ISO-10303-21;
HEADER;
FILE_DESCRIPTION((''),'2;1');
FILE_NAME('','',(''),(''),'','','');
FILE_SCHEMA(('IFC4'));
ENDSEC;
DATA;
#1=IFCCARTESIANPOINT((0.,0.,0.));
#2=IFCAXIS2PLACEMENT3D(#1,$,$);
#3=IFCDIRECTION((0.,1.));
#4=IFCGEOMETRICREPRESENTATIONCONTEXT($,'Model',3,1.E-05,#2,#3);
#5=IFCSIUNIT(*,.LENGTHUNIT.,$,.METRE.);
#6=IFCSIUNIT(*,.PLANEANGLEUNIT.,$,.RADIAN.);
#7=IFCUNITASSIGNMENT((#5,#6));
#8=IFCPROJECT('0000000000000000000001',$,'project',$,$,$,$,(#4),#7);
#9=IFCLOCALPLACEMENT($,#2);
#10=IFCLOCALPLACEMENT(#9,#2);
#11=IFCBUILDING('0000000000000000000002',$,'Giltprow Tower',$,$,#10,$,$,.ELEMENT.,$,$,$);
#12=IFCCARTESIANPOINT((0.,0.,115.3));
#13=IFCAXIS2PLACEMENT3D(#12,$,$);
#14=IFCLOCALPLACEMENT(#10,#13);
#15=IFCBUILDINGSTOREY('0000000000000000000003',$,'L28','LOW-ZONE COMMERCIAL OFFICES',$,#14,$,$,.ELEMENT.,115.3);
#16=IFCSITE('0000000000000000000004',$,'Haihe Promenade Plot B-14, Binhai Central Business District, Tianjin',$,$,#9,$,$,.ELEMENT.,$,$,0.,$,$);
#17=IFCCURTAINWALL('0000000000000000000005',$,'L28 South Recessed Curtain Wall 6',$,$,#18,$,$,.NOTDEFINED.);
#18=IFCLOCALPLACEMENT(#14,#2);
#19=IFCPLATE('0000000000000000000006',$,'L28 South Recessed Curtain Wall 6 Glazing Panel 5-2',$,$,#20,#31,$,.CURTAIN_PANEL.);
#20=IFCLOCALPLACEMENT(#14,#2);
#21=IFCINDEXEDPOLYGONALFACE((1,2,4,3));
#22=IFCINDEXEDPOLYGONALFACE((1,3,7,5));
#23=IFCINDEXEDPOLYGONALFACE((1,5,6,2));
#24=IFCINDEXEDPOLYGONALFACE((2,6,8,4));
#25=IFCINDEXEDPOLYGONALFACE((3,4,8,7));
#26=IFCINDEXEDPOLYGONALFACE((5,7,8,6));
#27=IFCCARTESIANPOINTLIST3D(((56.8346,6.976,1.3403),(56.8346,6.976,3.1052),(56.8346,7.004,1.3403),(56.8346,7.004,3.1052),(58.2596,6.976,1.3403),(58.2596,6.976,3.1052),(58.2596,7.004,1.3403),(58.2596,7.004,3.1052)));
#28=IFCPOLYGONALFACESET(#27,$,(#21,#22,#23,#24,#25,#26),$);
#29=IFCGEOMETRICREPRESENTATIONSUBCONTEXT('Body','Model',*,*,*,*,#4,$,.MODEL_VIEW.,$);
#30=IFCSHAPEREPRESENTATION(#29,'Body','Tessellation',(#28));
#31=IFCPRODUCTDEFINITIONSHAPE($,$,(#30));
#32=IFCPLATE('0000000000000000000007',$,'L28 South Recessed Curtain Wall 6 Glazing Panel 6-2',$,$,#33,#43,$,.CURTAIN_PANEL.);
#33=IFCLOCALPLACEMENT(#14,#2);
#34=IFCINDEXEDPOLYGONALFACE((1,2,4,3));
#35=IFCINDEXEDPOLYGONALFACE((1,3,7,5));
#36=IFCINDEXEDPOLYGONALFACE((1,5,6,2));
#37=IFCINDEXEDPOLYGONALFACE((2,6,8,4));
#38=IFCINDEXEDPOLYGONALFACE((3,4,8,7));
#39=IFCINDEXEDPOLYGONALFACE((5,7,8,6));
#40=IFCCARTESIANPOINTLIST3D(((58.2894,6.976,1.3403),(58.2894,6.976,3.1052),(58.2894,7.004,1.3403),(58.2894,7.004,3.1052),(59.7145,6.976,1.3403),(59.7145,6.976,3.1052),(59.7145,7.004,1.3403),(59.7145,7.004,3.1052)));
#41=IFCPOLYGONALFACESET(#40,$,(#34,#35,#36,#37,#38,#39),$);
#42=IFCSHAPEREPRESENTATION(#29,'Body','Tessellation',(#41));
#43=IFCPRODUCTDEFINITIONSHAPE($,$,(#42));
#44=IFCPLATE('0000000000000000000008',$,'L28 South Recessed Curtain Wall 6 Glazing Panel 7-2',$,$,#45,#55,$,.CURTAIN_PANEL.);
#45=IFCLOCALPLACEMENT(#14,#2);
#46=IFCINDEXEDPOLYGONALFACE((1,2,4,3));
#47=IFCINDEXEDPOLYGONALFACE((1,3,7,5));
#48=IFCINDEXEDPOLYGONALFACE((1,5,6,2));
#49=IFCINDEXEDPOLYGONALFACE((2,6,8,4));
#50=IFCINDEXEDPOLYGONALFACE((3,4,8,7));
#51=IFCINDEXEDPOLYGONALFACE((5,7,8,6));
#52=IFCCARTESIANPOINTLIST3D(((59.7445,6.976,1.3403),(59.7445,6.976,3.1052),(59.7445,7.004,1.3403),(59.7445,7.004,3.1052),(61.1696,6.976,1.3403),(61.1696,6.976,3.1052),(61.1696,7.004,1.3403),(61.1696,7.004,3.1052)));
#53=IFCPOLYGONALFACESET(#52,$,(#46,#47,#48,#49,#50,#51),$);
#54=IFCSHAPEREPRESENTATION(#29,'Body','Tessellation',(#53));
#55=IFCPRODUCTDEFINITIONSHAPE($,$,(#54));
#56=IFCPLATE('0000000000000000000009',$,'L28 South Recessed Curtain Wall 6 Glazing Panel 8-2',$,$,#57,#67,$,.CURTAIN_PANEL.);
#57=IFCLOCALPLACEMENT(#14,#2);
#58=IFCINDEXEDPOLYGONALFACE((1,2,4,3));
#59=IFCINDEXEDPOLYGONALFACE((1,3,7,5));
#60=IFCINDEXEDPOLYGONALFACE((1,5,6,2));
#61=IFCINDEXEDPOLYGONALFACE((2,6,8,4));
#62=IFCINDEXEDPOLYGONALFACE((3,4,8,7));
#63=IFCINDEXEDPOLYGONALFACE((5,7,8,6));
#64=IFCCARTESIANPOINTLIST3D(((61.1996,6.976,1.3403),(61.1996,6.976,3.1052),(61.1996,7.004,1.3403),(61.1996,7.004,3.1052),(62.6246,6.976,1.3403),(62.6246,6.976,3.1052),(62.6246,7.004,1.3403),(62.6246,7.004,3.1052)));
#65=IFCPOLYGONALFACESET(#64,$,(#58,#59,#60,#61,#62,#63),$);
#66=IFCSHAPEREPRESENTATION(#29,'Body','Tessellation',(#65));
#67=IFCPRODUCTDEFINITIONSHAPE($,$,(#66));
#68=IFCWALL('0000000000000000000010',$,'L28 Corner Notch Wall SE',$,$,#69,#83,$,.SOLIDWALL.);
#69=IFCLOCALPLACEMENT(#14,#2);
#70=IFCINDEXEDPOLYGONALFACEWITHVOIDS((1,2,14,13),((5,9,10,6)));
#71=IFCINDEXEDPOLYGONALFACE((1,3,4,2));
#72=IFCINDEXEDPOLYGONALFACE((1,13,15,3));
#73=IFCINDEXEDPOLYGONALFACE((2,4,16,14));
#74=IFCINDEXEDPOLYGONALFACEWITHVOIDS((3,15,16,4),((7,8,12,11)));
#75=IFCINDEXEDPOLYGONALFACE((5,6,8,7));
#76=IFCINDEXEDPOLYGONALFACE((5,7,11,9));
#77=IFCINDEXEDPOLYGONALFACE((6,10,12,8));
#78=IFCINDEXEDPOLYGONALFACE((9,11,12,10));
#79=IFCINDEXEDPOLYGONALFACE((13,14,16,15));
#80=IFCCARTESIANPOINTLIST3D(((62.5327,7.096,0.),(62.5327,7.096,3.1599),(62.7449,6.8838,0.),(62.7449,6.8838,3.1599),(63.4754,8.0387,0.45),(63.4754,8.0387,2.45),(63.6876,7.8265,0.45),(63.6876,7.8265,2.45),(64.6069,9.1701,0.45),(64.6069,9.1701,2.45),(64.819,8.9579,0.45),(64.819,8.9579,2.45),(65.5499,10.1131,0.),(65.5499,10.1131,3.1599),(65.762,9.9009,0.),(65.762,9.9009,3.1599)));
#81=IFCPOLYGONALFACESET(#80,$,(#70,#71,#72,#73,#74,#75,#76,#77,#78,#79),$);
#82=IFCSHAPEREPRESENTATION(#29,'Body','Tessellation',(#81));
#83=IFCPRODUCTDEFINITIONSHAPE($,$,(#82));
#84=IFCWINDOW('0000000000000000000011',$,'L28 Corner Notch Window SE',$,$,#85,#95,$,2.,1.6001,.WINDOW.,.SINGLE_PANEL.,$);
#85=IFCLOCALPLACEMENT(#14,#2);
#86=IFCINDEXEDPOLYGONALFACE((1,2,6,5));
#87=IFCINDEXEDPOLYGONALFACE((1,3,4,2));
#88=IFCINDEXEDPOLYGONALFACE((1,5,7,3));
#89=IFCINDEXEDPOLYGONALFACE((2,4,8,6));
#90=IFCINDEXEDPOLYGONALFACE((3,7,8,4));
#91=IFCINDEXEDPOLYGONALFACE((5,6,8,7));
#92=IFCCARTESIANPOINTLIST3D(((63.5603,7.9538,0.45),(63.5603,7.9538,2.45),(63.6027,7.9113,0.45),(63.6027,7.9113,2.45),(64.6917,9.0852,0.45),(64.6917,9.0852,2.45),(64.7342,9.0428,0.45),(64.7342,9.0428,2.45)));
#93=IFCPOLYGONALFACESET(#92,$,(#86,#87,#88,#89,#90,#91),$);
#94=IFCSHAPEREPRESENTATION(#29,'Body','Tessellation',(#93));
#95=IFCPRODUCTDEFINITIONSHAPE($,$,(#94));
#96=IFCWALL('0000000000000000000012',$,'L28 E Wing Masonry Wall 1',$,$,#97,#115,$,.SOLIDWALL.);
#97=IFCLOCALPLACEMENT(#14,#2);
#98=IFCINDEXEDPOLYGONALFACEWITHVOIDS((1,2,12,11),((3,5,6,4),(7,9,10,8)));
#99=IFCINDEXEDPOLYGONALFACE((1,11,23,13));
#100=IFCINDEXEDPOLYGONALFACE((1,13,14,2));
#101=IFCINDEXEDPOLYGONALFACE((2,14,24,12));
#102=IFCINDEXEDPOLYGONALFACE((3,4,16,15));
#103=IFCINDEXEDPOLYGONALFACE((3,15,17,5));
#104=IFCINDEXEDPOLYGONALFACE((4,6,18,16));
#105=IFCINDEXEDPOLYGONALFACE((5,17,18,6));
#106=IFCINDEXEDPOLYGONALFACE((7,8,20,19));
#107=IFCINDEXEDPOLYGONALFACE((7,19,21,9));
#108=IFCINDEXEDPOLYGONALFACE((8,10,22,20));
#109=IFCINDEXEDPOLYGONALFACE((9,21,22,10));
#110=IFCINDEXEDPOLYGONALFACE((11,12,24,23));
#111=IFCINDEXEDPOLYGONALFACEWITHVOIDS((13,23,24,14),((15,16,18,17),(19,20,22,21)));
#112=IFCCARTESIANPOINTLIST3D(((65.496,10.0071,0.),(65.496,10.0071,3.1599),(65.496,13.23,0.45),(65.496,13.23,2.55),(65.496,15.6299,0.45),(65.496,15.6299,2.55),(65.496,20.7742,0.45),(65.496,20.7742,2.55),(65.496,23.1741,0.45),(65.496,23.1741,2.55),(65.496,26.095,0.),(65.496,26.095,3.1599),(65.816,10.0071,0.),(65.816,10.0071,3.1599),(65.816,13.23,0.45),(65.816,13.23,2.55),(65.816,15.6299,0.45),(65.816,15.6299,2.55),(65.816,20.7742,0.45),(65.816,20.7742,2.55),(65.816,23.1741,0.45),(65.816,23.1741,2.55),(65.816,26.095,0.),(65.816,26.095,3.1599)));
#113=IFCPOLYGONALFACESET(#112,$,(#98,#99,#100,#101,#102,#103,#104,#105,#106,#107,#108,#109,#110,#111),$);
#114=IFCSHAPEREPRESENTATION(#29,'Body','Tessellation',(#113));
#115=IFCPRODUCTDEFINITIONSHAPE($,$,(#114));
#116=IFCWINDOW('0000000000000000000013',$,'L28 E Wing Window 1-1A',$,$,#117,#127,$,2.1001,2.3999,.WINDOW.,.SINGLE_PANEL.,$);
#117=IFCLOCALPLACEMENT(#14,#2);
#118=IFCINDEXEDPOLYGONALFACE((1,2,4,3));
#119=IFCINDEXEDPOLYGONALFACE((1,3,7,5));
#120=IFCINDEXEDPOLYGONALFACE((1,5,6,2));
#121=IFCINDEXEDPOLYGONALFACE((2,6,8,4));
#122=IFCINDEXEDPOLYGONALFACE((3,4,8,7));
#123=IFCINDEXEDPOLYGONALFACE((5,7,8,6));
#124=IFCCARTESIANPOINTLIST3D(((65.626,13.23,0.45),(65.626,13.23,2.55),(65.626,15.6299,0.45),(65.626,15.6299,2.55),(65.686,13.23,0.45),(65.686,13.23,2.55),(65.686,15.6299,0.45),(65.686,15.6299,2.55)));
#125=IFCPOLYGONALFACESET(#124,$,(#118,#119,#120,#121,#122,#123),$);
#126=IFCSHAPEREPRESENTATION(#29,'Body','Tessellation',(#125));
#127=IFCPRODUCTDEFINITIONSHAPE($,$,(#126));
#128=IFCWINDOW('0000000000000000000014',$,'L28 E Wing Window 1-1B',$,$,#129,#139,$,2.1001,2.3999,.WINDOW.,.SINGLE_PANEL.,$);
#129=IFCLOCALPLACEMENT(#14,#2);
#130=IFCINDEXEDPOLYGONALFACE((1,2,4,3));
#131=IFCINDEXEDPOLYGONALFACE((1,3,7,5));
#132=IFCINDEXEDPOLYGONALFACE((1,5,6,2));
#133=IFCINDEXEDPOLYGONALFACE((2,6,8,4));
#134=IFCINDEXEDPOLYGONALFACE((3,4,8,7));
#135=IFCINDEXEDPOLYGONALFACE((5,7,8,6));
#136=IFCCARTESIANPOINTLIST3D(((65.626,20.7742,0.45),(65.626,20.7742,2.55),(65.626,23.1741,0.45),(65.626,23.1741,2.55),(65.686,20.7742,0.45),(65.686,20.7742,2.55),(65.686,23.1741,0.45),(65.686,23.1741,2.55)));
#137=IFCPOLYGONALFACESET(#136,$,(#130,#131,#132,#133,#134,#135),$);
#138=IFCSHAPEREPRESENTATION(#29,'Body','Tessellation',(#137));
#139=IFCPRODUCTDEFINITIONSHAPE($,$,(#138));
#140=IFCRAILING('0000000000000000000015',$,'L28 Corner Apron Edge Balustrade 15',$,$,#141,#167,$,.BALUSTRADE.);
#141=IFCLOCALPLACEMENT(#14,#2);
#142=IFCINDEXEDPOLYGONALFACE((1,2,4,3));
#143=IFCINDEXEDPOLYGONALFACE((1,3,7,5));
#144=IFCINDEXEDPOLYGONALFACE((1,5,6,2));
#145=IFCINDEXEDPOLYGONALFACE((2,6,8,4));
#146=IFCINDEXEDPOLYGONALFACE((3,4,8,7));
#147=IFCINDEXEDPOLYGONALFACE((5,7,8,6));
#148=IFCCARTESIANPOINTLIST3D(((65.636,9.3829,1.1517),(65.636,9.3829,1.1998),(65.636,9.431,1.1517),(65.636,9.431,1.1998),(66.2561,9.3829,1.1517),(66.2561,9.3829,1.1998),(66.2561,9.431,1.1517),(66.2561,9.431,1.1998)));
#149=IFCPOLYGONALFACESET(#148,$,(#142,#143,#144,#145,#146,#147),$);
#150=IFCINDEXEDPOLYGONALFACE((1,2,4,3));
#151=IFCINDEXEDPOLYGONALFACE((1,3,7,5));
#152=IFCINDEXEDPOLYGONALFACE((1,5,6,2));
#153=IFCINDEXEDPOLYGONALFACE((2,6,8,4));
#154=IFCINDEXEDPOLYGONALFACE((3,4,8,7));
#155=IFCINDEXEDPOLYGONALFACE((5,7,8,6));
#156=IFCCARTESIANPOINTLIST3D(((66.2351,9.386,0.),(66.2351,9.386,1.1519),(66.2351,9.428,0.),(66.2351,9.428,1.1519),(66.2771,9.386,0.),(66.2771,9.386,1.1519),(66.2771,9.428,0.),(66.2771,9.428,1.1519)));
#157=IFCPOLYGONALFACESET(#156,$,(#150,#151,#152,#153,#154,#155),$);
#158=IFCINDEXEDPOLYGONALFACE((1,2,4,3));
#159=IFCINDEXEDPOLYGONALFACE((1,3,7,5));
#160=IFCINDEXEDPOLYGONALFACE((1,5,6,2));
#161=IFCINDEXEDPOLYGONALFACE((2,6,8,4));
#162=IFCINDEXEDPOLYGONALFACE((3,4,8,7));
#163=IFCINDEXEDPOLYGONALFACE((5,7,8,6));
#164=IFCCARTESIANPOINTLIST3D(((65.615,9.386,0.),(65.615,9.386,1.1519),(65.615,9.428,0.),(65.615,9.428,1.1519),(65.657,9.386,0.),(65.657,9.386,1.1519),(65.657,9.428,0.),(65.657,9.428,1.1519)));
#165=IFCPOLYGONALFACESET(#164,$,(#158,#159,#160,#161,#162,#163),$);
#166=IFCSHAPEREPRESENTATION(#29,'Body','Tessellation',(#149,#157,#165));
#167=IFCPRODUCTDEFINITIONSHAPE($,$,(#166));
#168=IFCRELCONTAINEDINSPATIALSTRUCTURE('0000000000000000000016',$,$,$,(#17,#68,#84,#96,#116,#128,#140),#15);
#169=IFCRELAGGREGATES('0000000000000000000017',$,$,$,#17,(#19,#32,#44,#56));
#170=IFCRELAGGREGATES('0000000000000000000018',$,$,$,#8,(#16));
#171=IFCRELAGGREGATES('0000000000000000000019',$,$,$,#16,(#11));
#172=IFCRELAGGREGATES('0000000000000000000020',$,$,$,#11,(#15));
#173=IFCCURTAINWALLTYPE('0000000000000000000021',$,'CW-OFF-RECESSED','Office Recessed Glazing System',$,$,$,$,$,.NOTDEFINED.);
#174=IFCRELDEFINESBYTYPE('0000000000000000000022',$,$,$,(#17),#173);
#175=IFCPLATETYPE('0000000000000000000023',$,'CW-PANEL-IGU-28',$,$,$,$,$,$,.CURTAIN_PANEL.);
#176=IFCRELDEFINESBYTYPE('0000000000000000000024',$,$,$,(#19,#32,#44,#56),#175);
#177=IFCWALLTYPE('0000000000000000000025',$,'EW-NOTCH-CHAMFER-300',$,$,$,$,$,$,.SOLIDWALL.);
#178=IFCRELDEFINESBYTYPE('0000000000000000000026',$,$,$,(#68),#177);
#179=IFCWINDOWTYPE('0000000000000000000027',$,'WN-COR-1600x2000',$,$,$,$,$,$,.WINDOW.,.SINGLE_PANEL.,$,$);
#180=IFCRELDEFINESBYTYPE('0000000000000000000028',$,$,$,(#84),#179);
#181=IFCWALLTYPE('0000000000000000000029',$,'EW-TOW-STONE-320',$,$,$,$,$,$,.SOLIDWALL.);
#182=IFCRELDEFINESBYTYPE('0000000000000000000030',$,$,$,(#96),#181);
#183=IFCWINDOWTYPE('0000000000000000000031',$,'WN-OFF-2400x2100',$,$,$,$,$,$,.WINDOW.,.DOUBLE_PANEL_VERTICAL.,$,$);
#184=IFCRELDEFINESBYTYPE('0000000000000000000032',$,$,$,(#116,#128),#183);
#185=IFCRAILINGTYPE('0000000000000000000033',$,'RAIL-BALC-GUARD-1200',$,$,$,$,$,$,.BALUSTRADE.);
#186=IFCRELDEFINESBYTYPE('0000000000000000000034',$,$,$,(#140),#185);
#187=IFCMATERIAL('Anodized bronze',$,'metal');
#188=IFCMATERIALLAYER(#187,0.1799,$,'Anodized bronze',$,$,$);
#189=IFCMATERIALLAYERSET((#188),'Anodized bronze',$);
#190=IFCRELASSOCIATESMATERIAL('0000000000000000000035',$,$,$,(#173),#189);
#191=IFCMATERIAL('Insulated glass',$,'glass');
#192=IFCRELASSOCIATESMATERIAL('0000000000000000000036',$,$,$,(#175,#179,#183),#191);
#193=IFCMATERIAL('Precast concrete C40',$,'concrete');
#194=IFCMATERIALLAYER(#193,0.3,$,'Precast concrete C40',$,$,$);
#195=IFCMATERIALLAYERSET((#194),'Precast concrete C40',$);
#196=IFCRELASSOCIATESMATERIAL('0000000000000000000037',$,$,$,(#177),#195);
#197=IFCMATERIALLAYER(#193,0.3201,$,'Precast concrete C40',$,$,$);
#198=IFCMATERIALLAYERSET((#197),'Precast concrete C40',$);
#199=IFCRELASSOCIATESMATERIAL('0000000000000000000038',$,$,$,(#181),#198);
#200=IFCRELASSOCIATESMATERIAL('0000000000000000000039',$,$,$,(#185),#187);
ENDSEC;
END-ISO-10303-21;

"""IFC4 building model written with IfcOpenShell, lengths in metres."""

from ifc_helpers import new_model, si_unit, direction, frame, frame_2d, origin, origin_2d, place, context, subcontext, project, spatial, rectangle, extrude, source, transform, mapped, material, layer, layer_set, type_object, element, fill, aggregate, save


model = new_model("IFC4")

# Units and contexts
model_context = context("Model", 3, precision=1e-05, world=origin(), true_north=direction((0.0, 1.0)))
body_context = subcontext(model_context, "Body", "Model", "MODEL_VIEW")
ifc_project = project(units=[si_unit("LENGTHUNIT", "METRE"), si_unit("PLANEANGLEUNIT", "RADIAN")], contexts=[model_context])

# Site, building, storey
site_placement = place(None, origin())
site = spatial("IfcSite", under=ifc_project, at=site_placement, Name="Haihe Promenade Plot B-14, Binhai Central Business District, Tianjin", CompositionType="ELEMENT", RefElevation=0.0)
building_placement = place(site_placement, origin())
building = spatial("IfcBuilding", under=site, at=building_placement, Name="Giltprow Tower", CompositionType="ELEMENT")
storey_placement = place(building_placement, frame((0.0, 0.0, 115.3)))
storey = spatial("IfcBuildingStorey", under=building, at=storey_placement, Name="L28", Description="LOW-ZONE COMMERCIAL OFFICES", CompositionType="ELEMENT", Elevation=115.3)

# Curtain wall, plates
ifc_material_1 = material(Name="Anodized bronze", Category="metal")
ifc_layer_1 = layer(ifc_material_1, 0.1799, Name="Anodized bronze")
ifc_layer_set_1 = layer_set([ifc_layer_1], Name="Anodized bronze")
curtain_wall_type = type_object("IfcCurtainWallType", Name="CW-OFF-RECESSED", Description="Office Recessed Glazing System", PredefinedType="NOTDEFINED", material=ifc_layer_set_1)
curtain_wall_placement = place(storey_placement, origin())
curtain_wall = element("IfcCurtainWall", 1, at=curtain_wall_placement, inside=storey, type_object=curtain_wall_type, Name="L28 South Recessed Curtain Wall 6", PredefinedType="NOTDEFINED")
ifc_material_2 = material(Name="Insulated glass", Category="glass")
plate_type = type_object("IfcPlateType", Name="CW-PANEL-IGU-28", PredefinedType="CURTAIN_PANEL", material=ifc_material_2)
shared_shape_1 = source(origin(), body_context, "Body", "SweptSolid", [
    extrude(rectangle(XDim=1.425, YDim=0.0281, at=origin_2d()), origin(), (0.0, 0.0, 1.0), 1.7649),
])
plate_1_placement = place(storey_placement, frame((57.5471, 6.99, 1.3403), z_axis=(0.0, 0.0, 1.0), x_axis=(1.0, 0.0, 0.0)))
plate_1 = element("IfcPlate", 2, at=plate_1_placement, type_object=plate_type, Name="L28 South Recessed Curtain Wall 6 Glazing Panel 5-2", PredefinedType="CURTAIN_PANEL", context=body_context, shape_type="MappedRepresentation", body=[
    mapped(shared_shape_1, transform((0.0, 0.0, 0.0), x_axis=(1.0, 0.0, 0.0), y_axis=(0.0, 1.0, 0.0), z_axis=(0.0, 0.0, 1.0), scale=1.0)),
])
plate_2_placement = place(storey_placement, frame((59.002, 6.99, 1.3403), z_axis=(0.0, 0.0, 1.0), x_axis=(1.0, 0.0, 0.0)))
plate_2 = element("IfcPlate", 3, at=plate_2_placement, type_object=plate_type, Name="L28 South Recessed Curtain Wall 6 Glazing Panel 6-2", PredefinedType="CURTAIN_PANEL", context=body_context, shape_type="MappedRepresentation", body=[
    mapped(shared_shape_1, transform((0.0, 0.0, 0.0), x_axis=(1.0, 0.0, 0.0), y_axis=(0.0, 1.0, 0.0), z_axis=(0.0, 0.0, 1.0), scale=1.0)),
])
plate_3_placement = place(storey_placement, frame((60.457, 6.99, 1.3403), z_axis=(0.0, 0.0, 1.0), x_axis=(1.0, 0.0, 0.0)))
plate_3 = element("IfcPlate", 4, at=plate_3_placement, type_object=plate_type, Name="L28 South Recessed Curtain Wall 6 Glazing Panel 7-2", PredefinedType="CURTAIN_PANEL", context=body_context, shape_type="MappedRepresentation", body=[
    mapped(shared_shape_1, transform((0.0, 0.0, 0.0), x_axis=(1.0, 0.0, 0.0), y_axis=(0.0, 1.0, 0.0), z_axis=(0.0, 0.0, 1.0), scale=1.0)),
])
plate_4_placement = place(storey_placement, frame((61.9121, 6.99, 1.3403), z_axis=(0.0, 0.0, 1.0), x_axis=(1.0, 0.0, 0.0)))
plate_4 = element("IfcPlate", 5, at=plate_4_placement, type_object=plate_type, Name="L28 South Recessed Curtain Wall 6 Glazing Panel 8-2", PredefinedType="CURTAIN_PANEL", context=body_context, shape_type="MappedRepresentation", body=[
    mapped(shared_shape_1, transform((0.0, 0.0, 0.0), x_axis=(1.0, 0.0, 0.0), y_axis=(0.0, 1.0, 0.0), z_axis=(0.0, 0.0, 1.0), scale=1.0)),
])
aggregate(curtain_wall, [plate_1, plate_2, plate_3, plate_4])

# Wall, opening, window
ifc_material_3 = material(Name="Precast concrete C40", Category="concrete")
ifc_layer_2 = layer(ifc_material_3, 0.3, Name="Precast concrete C40")
ifc_layer_set_2 = layer_set([ifc_layer_2], Name="Precast concrete C40")
wall_type_1 = type_object("IfcWallType", Name="EW-NOTCH-CHAMFER-300", PredefinedType="SOLIDWALL", material=ifc_layer_set_2)
wall_1_placement = place(storey_placement, frame((62.6389, 6.99, 0.0), z_axis=(0.0, 0.0, 1.0), x_axis=(0.707107, 0.707107, 0.0)))
wall_1 = element("IfcWall", 6, at=wall_1_placement, inside=storey, type_object=wall_type_1, Name="L28 Corner Notch Wall SE", PredefinedType="SOLIDWALL", context=body_context, shape_type="SweptSolid", body=[
    extrude(rectangle(XDim=4.2668, YDim=0.3, at=frame_2d((2.1333, 0.0))), origin(), (0.0, 0.0, 1.0), 3.1599),
])
opening_1_placement = place(wall_1_placement, frame((1.333, 0.0, 0.45)))
opening_1 = element("IfcOpeningElement", 7, at=opening_1_placement, cuts=wall_1, PredefinedType="OPENING", context=body_context, shape_type="SweptSolid", body=[
    extrude(rectangle(XDim=1.6001, YDim=2.0, at=frame_2d((0.8, 1.0))), frame((0.0, 0.1599, 0.0), z_axis=(0.0, -1.0, 0.0), x_axis=(1.0, 0.0, 0.0)), (0.0, 0.0, 1.0), 0.3201),
])
window_type_1 = type_object("IfcWindowType", Name="WN-COR-1600x2000", PartitioningType="SINGLE_PANEL", PredefinedType="WINDOW", material=ifc_material_2)
shared_shape_2 = source(origin(), body_context, "Body", "SweptSolid", [
    extrude(rectangle(XDim=1.6001, YDim=2.0, at=frame_2d((0.8, 1.0))), frame((0.0, 0.03, 0.0), z_axis=(0.0, -1.0, 0.0), x_axis=(1.0, 0.0, 0.0)), (0.0, 0.0, 1.0), 0.0601),
])
window_1_placement = place(opening_1_placement, origin())
window_1 = element("IfcWindow", 8, at=window_1_placement, inside=storey, type_object=window_type_1, Name="L28 Corner Notch Window SE", OverallHeight=2.0, OverallWidth=1.6001, PartitioningType="SINGLE_PANEL", PredefinedType="WINDOW", context=body_context, shape_type="MappedRepresentation", body=[
    mapped(shared_shape_2, transform((0.0, 0.0, 0.0), x_axis=(1.0, 0.0, 0.0), y_axis=(0.0, 1.0, 0.0), z_axis=(0.0, 0.0, 1.0), scale=1.0)),
])
fill(opening_1, window_1)

# Wall, openings, windows
ifc_layer_3 = layer(ifc_material_3, 0.3201, Name="Precast concrete C40")
ifc_layer_set_3 = layer_set([ifc_layer_3], Name="Precast concrete C40")
wall_type_2 = type_object("IfcWallType", Name="EW-TOW-STONE-320", PredefinedType="SOLIDWALL", material=ifc_layer_set_3)
wall_2_placement = place(storey_placement, frame((65.656, 10.0071, 0.0), z_axis=(0.0, 0.0, 1.0), x_axis=(0.0, 1.0, 0.0)))
wall_2 = element("IfcWall", 9, at=wall_2_placement, inside=storey, type_object=wall_type_2, Name="L28 E Wing Masonry Wall 1", PredefinedType="SOLIDWALL", context=body_context, shape_type="SweptSolid", body=[
    extrude(rectangle(XDim=16.0879, YDim=0.3201, at=frame_2d((8.0439, 0.0))), origin(), (0.0, 0.0, 1.0), 3.1599),
])
opening_2_placement = place(wall_2_placement, frame((3.2229, 0.0, 0.45)))
opening_2 = element("IfcOpeningElement", 10, at=opening_2_placement, cuts=wall_2, PredefinedType="OPENING", context=body_context, shape_type="SweptSolid", body=[
    extrude(rectangle(XDim=2.3999, YDim=2.1001, at=frame_2d((1.2, 1.05))), frame((0.0, 0.1699, 0.0), z_axis=(0.0, -1.0, 0.0), x_axis=(1.0, 0.0, 0.0)), (0.0, 0.0, 1.0), 0.3401),
])
opening_3_placement = place(wall_2_placement, frame((10.7671, 0.0, 0.45)))
opening_3 = element("IfcOpeningElement", 11, at=opening_3_placement, cuts=wall_2, PredefinedType="OPENING", context=body_context, shape_type="SweptSolid", body=[
    extrude(rectangle(XDim=2.3999, YDim=2.1001, at=frame_2d((1.2, 1.05))), frame((0.0, 0.1699, 0.0), z_axis=(0.0, -1.0, 0.0), x_axis=(1.0, 0.0, 0.0)), (0.0, 0.0, 1.0), 0.3401),
])
window_type_2 = type_object("IfcWindowType", Name="WN-OFF-2400x2100", PartitioningType="DOUBLE_PANEL_VERTICAL", PredefinedType="WINDOW", material=ifc_material_2)
shared_shape_3 = source(origin(), body_context, "Body", "SweptSolid", [
    extrude(rectangle(XDim=2.3999, YDim=2.1001, at=frame_2d((1.2, 1.05))), frame((0.0, 0.03, 0.0), z_axis=(0.0, -1.0, 0.0), x_axis=(1.0, 0.0, 0.0)), (0.0, 0.0, 1.0), 0.0601),
])
window_2_placement = place(opening_2_placement, origin())
window_2 = element("IfcWindow", 12, at=window_2_placement, inside=storey, type_object=window_type_2, Name="L28 E Wing Window 1-1A", OverallHeight=2.1001, OverallWidth=2.3999, PartitioningType="SINGLE_PANEL", PredefinedType="WINDOW", context=body_context, shape_type="MappedRepresentation", body=[
    mapped(shared_shape_3, transform((0.0, 0.0, 0.0), x_axis=(1.0, 0.0, 0.0), y_axis=(0.0, 1.0, 0.0), z_axis=(0.0, 0.0, 1.0), scale=1.0)),
])
fill(opening_2, window_2)
window_3_placement = place(opening_3_placement, origin())
window_3 = element("IfcWindow", 13, at=window_3_placement, inside=storey, type_object=window_type_2, Name="L28 E Wing Window 1-1B", OverallHeight=2.1001, OverallWidth=2.3999, PartitioningType="SINGLE_PANEL", PredefinedType="WINDOW", context=body_context, shape_type="MappedRepresentation", body=[
    mapped(shared_shape_3, transform((0.0, 0.0, 0.0), x_axis=(1.0, 0.0, 0.0), y_axis=(0.0, 1.0, 0.0), z_axis=(0.0, 0.0, 1.0), scale=1.0)),
])
fill(opening_3, window_3)

# Railing
railing_type = type_object("IfcRailingType", Name="RAIL-BALC-GUARD-1200", PredefinedType="BALUSTRADE", material=ifc_material_1)
railing_1_placement = place(storey_placement, frame((66.2561, 9.407, 0.0)))
element("IfcRailing", 14, at=railing_1_placement, inside=storey, type_object=railing_type, Name="L28 Corner Apron Edge Balustrade 15", PredefinedType="BALUSTRADE", context=body_context, shape_type="SweptSolid", body=[
    extrude(rectangle(XDim=0.0481, YDim=0.0481, at=origin_2d()), frame((0.0, 0.0, 1.1758), z_axis=(-1.0, 0.0, 0.0), x_axis=(0.0, -1.0, 0.0)), (0.0, 0.0, 1.0), 0.6201),
    extrude(rectangle(XDim=0.042, YDim=0.042, at=origin_2d()), origin(), (0.0, 0.0, 1.0), 1.1519),
    extrude(rectangle(XDim=0.042, YDim=0.042, at=origin_2d()), frame((-0.6201, 0.0, 0.0)), (0.0, 0.0, 1.0), 1.1519),
])

save(model, "model.ifc")
